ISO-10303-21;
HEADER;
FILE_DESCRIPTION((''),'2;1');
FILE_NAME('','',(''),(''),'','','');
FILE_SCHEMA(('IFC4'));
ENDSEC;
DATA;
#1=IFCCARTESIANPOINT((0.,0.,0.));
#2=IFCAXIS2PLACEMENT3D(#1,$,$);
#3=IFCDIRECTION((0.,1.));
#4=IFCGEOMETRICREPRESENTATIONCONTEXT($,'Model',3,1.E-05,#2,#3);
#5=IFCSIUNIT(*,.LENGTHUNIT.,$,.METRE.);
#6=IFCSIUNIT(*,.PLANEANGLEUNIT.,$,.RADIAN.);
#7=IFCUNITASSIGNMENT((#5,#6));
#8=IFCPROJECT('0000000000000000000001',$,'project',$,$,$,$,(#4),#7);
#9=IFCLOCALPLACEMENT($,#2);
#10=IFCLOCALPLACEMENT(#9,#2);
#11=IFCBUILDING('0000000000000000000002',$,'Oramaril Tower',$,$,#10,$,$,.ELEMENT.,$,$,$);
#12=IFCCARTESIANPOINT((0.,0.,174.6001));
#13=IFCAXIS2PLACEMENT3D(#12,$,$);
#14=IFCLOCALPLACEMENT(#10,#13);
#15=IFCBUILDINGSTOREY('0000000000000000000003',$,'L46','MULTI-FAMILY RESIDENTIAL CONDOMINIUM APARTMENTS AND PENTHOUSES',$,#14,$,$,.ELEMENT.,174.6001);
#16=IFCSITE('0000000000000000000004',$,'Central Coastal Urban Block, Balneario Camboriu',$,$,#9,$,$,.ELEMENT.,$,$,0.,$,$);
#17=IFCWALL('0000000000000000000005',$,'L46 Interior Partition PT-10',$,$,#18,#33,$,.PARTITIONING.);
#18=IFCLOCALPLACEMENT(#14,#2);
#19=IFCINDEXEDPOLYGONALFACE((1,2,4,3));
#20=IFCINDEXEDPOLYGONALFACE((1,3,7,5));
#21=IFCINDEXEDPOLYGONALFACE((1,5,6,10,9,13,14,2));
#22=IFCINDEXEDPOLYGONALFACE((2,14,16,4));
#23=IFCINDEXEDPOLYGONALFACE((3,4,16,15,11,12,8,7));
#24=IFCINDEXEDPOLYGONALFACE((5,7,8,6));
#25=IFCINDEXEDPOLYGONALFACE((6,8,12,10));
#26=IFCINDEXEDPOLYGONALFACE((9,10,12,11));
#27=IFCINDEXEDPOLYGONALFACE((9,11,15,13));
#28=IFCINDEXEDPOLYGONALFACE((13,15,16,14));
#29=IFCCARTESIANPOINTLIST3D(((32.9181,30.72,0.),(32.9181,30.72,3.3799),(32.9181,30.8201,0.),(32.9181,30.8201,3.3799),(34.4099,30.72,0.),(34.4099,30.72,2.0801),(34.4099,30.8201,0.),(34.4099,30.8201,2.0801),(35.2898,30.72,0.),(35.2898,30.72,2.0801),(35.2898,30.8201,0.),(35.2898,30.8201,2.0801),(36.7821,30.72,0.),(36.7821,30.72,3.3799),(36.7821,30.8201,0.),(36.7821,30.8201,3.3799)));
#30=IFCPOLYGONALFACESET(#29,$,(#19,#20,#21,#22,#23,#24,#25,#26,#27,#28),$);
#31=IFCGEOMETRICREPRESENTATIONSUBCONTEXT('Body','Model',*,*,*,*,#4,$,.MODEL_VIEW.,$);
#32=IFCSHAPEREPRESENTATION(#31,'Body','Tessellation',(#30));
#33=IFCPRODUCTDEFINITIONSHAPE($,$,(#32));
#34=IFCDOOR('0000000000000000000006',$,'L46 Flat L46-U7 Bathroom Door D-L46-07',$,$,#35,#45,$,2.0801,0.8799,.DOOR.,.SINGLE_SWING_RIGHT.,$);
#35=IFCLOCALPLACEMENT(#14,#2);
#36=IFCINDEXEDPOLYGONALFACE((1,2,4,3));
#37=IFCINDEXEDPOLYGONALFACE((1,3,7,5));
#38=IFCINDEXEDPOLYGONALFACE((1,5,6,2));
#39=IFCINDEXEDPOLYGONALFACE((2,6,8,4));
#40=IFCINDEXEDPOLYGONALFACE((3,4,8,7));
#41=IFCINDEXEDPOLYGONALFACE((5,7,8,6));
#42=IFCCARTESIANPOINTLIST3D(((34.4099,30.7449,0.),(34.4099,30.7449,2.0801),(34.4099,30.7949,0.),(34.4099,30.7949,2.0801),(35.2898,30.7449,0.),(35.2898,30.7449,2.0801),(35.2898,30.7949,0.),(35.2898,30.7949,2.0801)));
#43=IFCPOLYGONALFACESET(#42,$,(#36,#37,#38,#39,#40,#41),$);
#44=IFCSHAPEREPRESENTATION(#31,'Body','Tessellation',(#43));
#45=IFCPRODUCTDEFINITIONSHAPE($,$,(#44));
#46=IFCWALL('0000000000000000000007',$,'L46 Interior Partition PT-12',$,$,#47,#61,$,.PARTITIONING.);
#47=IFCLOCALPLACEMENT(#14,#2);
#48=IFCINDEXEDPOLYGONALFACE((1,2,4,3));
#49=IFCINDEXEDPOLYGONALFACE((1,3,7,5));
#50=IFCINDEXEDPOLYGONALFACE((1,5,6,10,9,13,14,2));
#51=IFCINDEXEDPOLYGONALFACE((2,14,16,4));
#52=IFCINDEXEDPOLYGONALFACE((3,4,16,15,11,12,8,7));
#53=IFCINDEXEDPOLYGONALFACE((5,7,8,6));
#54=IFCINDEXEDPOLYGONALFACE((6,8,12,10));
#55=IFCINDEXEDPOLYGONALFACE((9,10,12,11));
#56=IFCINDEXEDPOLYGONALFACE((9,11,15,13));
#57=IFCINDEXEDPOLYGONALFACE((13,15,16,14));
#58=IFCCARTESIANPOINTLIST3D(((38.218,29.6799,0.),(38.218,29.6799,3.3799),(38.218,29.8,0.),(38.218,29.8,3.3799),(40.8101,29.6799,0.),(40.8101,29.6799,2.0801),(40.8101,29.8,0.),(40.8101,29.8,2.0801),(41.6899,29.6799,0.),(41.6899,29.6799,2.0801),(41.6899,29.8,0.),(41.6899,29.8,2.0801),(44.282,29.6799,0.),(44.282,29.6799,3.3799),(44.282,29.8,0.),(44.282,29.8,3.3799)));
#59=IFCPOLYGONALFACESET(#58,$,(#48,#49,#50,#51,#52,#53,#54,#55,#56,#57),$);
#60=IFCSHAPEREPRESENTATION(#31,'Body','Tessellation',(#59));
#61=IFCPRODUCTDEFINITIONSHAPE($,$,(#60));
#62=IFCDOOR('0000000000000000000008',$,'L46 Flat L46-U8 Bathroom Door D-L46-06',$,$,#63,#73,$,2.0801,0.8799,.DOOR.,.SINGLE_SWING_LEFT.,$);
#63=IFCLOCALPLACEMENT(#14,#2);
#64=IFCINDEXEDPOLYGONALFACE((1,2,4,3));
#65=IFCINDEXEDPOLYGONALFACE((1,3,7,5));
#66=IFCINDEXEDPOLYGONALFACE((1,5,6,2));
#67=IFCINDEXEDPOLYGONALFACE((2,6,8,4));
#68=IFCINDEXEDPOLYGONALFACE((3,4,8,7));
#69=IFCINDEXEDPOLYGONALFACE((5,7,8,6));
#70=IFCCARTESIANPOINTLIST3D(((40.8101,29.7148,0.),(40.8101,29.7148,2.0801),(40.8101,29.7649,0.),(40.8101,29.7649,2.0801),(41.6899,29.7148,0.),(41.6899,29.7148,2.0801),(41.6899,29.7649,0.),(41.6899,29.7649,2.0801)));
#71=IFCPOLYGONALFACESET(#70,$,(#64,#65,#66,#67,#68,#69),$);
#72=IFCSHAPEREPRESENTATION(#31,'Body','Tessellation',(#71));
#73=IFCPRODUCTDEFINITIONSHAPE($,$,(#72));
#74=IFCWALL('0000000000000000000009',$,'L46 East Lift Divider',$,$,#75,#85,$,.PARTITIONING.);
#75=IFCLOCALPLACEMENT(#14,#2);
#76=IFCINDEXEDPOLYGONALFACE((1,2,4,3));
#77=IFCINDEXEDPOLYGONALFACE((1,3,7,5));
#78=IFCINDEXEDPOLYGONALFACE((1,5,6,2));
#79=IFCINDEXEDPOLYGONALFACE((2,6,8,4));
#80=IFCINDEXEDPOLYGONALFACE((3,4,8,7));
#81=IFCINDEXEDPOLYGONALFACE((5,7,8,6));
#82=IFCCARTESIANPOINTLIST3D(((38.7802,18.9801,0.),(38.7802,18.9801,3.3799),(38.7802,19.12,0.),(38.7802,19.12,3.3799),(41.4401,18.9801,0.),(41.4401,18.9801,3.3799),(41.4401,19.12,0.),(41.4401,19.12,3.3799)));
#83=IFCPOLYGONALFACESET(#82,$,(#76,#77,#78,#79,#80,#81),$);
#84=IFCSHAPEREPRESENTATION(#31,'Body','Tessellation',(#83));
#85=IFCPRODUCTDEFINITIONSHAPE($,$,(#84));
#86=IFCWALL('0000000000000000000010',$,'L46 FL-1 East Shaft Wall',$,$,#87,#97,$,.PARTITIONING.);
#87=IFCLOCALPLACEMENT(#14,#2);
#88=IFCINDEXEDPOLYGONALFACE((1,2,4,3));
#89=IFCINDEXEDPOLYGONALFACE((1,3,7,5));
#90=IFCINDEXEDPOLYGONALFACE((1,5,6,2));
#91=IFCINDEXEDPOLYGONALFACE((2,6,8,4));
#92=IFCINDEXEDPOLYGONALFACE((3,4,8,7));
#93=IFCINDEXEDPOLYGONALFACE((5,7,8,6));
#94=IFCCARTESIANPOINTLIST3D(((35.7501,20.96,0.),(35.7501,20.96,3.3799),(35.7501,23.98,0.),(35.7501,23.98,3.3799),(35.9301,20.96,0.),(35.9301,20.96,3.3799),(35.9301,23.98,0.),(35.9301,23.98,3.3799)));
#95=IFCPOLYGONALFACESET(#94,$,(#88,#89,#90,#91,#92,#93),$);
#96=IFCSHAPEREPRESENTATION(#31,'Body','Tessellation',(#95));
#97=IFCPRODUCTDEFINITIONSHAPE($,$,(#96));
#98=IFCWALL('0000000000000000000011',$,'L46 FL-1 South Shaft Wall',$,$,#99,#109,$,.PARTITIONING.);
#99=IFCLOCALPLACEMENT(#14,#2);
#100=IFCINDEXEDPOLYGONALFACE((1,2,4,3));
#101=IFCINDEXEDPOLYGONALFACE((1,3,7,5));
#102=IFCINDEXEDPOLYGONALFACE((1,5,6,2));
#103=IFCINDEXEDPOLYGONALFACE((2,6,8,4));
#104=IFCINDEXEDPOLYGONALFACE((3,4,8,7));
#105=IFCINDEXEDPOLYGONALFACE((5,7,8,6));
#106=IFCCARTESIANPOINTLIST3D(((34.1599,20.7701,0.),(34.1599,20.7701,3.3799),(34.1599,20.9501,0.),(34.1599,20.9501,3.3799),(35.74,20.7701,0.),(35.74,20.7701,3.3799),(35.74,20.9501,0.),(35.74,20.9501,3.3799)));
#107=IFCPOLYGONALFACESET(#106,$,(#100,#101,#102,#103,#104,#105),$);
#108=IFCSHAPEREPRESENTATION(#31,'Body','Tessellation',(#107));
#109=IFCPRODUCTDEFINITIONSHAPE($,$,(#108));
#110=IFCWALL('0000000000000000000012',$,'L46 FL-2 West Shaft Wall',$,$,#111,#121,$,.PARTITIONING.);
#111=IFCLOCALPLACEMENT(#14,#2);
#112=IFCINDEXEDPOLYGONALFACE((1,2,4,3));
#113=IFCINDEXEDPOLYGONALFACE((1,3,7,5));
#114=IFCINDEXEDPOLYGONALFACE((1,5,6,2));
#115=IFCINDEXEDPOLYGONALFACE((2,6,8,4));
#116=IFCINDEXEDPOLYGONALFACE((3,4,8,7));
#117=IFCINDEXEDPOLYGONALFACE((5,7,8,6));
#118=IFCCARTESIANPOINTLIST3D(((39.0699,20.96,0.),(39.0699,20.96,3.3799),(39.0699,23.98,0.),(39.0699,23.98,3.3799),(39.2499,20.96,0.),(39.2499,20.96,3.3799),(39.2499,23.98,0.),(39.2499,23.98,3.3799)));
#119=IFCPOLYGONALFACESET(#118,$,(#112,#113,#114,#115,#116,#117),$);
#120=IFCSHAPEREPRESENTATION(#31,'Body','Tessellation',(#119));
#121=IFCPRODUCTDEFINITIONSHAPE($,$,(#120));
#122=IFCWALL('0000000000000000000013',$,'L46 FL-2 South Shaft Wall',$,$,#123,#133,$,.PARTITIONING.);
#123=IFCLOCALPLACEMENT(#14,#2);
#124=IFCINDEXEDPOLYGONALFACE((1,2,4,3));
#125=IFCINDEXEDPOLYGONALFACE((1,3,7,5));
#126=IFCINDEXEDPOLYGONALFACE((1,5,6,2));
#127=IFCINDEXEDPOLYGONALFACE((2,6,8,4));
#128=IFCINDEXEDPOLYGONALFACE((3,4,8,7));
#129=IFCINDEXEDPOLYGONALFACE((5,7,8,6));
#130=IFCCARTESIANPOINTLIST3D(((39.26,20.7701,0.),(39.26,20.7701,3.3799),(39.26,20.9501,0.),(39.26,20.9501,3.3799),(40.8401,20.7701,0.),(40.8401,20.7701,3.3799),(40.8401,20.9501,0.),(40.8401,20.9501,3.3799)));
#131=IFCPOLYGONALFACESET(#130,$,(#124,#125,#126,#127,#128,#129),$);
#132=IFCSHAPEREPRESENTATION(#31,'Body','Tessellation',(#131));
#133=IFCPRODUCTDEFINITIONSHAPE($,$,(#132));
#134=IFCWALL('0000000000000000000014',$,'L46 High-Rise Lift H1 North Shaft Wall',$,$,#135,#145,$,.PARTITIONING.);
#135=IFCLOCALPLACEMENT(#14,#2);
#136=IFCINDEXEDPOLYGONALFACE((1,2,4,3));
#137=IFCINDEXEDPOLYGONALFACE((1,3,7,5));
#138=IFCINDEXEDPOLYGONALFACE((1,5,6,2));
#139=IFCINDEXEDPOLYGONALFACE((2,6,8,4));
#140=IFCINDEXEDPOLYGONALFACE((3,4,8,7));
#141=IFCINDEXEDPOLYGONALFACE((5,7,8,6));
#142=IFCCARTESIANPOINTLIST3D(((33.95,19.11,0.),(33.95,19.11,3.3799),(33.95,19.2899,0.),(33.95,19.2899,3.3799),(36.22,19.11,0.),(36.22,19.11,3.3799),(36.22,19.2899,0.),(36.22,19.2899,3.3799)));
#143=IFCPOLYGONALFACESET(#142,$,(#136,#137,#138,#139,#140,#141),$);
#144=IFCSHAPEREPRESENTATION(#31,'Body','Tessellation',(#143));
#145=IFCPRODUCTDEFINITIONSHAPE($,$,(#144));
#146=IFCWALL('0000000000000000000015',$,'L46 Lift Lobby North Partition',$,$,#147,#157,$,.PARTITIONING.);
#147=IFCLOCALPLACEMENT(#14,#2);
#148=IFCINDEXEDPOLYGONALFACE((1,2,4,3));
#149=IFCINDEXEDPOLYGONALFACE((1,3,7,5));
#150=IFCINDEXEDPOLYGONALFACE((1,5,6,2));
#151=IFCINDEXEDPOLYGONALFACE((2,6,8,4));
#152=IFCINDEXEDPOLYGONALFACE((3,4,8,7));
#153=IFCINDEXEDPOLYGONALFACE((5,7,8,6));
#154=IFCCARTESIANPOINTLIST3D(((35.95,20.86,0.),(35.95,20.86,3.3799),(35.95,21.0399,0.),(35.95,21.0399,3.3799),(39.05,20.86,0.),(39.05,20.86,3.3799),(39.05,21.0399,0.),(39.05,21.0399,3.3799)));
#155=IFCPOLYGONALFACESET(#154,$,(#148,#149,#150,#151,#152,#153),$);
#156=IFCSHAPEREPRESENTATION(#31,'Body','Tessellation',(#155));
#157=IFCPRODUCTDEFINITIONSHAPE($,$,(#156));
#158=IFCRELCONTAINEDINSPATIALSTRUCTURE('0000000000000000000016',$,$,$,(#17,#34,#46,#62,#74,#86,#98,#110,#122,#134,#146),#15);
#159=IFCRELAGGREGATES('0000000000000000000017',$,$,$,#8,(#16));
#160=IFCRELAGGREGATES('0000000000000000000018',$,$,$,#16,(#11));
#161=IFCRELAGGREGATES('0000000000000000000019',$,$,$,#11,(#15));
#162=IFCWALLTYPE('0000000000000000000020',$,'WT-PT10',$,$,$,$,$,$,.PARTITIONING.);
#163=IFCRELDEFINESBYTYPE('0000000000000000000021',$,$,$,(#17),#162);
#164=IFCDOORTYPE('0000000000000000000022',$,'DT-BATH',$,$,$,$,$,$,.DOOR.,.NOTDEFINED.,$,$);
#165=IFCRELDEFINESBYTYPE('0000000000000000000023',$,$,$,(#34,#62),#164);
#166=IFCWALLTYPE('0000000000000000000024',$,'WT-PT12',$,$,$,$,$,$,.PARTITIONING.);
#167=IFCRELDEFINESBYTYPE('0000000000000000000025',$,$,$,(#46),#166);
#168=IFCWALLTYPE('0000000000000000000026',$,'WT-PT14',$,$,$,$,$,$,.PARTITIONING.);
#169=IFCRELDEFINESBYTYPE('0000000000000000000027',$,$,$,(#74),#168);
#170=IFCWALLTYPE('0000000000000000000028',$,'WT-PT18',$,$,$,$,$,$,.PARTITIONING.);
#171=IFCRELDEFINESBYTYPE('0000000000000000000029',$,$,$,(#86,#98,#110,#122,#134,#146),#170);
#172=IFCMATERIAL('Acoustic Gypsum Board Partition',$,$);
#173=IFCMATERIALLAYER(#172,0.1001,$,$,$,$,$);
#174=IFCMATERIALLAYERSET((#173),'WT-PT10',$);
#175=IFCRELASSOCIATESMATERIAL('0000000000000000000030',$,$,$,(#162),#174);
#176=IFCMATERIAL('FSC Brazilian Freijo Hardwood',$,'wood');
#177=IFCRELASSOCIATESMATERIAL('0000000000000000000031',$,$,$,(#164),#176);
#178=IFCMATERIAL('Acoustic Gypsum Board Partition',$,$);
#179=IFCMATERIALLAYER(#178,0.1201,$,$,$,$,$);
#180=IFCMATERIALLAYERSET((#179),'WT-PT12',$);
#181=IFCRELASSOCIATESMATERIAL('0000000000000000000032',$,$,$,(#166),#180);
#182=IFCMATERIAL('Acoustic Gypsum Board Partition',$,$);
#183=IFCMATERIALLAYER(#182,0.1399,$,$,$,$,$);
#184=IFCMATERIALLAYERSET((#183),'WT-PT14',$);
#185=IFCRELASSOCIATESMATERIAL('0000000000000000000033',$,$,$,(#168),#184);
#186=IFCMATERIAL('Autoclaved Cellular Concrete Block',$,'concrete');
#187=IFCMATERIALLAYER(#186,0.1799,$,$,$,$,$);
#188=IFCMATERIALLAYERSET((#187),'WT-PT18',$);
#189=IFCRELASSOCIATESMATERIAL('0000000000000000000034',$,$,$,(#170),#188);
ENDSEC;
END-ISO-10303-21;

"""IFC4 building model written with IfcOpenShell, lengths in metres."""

from ifc_helpers import new_model, si_unit, direction, frame, frame_2d, origin, place, context, subcontext, project, spatial, rectangle, extrude, material, layer, layer_set, type_object, element, fill, save


model = new_model("IFC4")

# Units and contexts
model_context = context("Model", 3, precision=1e-05, world=origin(), true_north=direction((0.0, 1.0)))
body_context = subcontext(model_context, "Body", "Model", "MODEL_VIEW")
ifc_project = project(units=[si_unit("LENGTHUNIT", "METRE"), si_unit("PLANEANGLEUNIT", "RADIAN")], contexts=[model_context])

# Site, building, storey
site_placement = place(None, origin())
site = spatial("IfcSite", under=ifc_project, at=site_placement, Name="Central Coastal Urban Block, Balneario Camboriu", CompositionType="ELEMENT", RefElevation=0.0)
building_placement = place(site_placement, origin())
building = spatial("IfcBuilding", under=site, at=building_placement, Name="Oramaril Tower", CompositionType="ELEMENT")
storey_placement = place(building_placement, frame((0.0, 0.0, 174.6001)))
storey = spatial("IfcBuildingStorey", under=building, at=storey_placement, Name="L46", Description="MULTI-FAMILY RESIDENTIAL CONDOMINIUM APARTMENTS AND PENTHOUSES", CompositionType="ELEMENT", Elevation=174.6001)

# Walls, openings, doors
ifc_material_1 = material(Name="Acoustic Gypsum Board Partition")
ifc_layer_1 = layer(ifc_material_1, 0.1001)
ifc_layer_set_1 = layer_set([ifc_layer_1], Name="WT-PT10")
wall_type_1 = type_object("IfcWallType", Name="WT-PT10", PredefinedType="PARTITIONING", material=ifc_layer_set_1)
wall_1_placement = place(storey_placement, frame((32.918, 30.77, 0.0), z_axis=(0.0, 0.0, 1.0), x_axis=(1.0, 0.0, 0.0)))
wall_1 = element("IfcWall", 1, at=wall_1_placement, inside=storey, type_object=wall_type_1, Name="L46 Interior Partition PT-10", PredefinedType="PARTITIONING", context=body_context, shape_type="SweptSolid", body=[
    extrude(rectangle(XDim=3.864, YDim=0.1001, at=frame_2d((1.9321, 0.0))), origin(), (0.0, 0.0, 1.0), 3.3799),
])
opening_1_placement = place(wall_1_placement, frame((1.4919, 0.0, 0.0)))
opening_1 = element("IfcOpeningElement", 2, at=opening_1_placement, cuts=wall_1, PredefinedType="OPENING", context=body_context, shape_type="SweptSolid", body=[
    extrude(rectangle(XDim=0.8799, YDim=2.0801, at=frame_2d((0.4399, 1.04))), frame((0.0, 0.05, 0.0), z_axis=(0.0, -1.0, 0.0), x_axis=(1.0, 0.0, 0.0)), (0.0, 0.0, 1.0), 0.1001),
])
ifc_material_2 = material(Name="FSC Brazilian Freijo Hardwood", Category="wood")
door_type_1 = type_object("IfcDoorType", Name="DT-BATH", OperationType="NOTDEFINED", PredefinedType="DOOR", material=ifc_material_2)
door_1_placement = place(opening_1_placement, origin())
door_1 = element("IfcDoor", 3, at=door_1_placement, inside=storey, type_object=door_type_1, Name="L46 Flat L46-U7 Bathroom Door D-L46-07", OperationType="SINGLE_SWING_RIGHT", OverallHeight=2.0801, OverallWidth=0.8799, PredefinedType="DOOR", context=body_context, shape_type="SweptSolid", body=[
    extrude(rectangle(XDim=0.8799, YDim=2.0801, at=frame_2d((0.4399, 1.04))), frame((0.0, 0.0249, 0.0), z_axis=(0.0, -1.0, 0.0), x_axis=(1.0, 0.0, 0.0)), (0.0, 0.0, 1.0), 0.05),
])
fill(opening_1, door_1)
ifc_material_3 = material(Name="Acoustic Gypsum Board Partition")
ifc_layer_2 = layer(ifc_material_3, 0.1201)
ifc_layer_set_2 = layer_set([ifc_layer_2], Name="WT-PT12")
wall_type_2 = type_object("IfcWallType", Name="WT-PT12", PredefinedType="PARTITIONING", material=ifc_layer_set_2)
wall_2_placement = place(storey_placement, frame((38.218, 29.74, 0.0), z_axis=(0.0, 0.0, 1.0), x_axis=(1.0, 0.0, 0.0)))
wall_2 = element("IfcWall", 4, at=wall_2_placement, inside=storey, type_object=wall_type_2, Name="L46 Interior Partition PT-12", PredefinedType="PARTITIONING", context=body_context, shape_type="SweptSolid", body=[
    extrude(rectangle(XDim=6.064, YDim=0.1201, at=frame_2d((3.032, 0.0))), origin(), (0.0, 0.0, 1.0), 3.3799),
])
opening_2_placement = place(wall_2_placement, frame((2.592, 0.0, 0.0)))
opening_2 = element("IfcOpeningElement", 5, at=opening_2_placement, cuts=wall_2, PredefinedType="OPENING", context=body_context, shape_type="SweptSolid", body=[
    extrude(rectangle(XDim=0.8799, YDim=2.0801, at=frame_2d((0.4399, 1.04))), frame((0.0, 0.0601, 0.0), z_axis=(0.0, -1.0, 0.0), x_axis=(1.0, 0.0, 0.0)), (0.0, 0.0, 1.0), 0.1201),
])
door_2_placement = place(opening_2_placement, origin())
door_2 = element("IfcDoor", 6, at=door_2_placement, inside=storey, type_object=door_type_1, Name="L46 Flat L46-U8 Bathroom Door D-L46-06", OperationType="SINGLE_SWING_LEFT", OverallHeight=2.0801, OverallWidth=0.8799, PredefinedType="DOOR", context=body_context, shape_type="SweptSolid", body=[
    extrude(rectangle(XDim=0.8799, YDim=2.0801, at=frame_2d((0.4399, 1.04))), frame((0.0, 0.0249, 0.0), z_axis=(0.0, -1.0, 0.0), x_axis=(1.0, 0.0, 0.0)), (0.0, 0.0, 1.0), 0.05),
])
fill(opening_2, door_2)

# Walls
ifc_material_4 = material(Name="Acoustic Gypsum Board Partition")
ifc_layer_3 = layer(ifc_material_4, 0.1399)
ifc_layer_set_3 = layer_set([ifc_layer_3], Name="WT-PT14")
wall_type_3 = type_object("IfcWallType", Name="WT-PT14", PredefinedType="PARTITIONING", material=ifc_layer_set_3)
wall_3_placement = place(storey_placement, frame((38.78, 19.05, 0.0), z_axis=(0.0, 0.0, 1.0), x_axis=(1.0, 0.0, 0.0)))
element("IfcWall", 7, at=wall_3_placement, inside=storey, type_object=wall_type_3, Name="L46 East Lift Divider", PredefinedType="PARTITIONING", context=body_context, shape_type="SweptSolid", body=[
    extrude(rectangle(XDim=2.6599, YDim=0.1399, at=frame_2d((1.3301, 0.0))), origin(), (0.0, 0.0, 1.0), 3.3799),
])
ifc_material_5 = material(Name="Autoclaved Cellular Concrete Block", Category="concrete")
ifc_layer_4 = layer(ifc_material_5, 0.1799)
ifc_layer_set_4 = layer_set([ifc_layer_4], Name="WT-PT18")
wall_type_4 = type_object("IfcWallType", Name="WT-PT18", PredefinedType="PARTITIONING", material=ifc_layer_set_4)
wall_4_placement = place(storey_placement, frame((35.8401, 20.96, 0.0), z_axis=(0.0, 0.0, 1.0), x_axis=(0.0, 1.0, 0.0)))
element("IfcWall", 8, at=wall_4_placement, inside=storey, type_object=wall_type_4, Name="L46 FL-1 East Shaft Wall", PredefinedType="PARTITIONING", context=body_context, shape_type="SweptSolid", body=[
    extrude(rectangle(XDim=3.02, YDim=0.1799, at=frame_2d((1.51, 0.0))), origin(), (0.0, 0.0, 1.0), 3.3799),
])
wall_5_placement = place(storey_placement, frame((34.1599, 20.8601, 0.0), z_axis=(0.0, 0.0, 1.0), x_axis=(1.0, 0.0, 0.0)))
element("IfcWall", 9, at=wall_5_placement, inside=storey, type_object=wall_type_4, Name="L46 FL-1 South Shaft Wall", PredefinedType="PARTITIONING", context=body_context, shape_type="SweptSolid", body=[
    extrude(rectangle(XDim=1.5801, YDim=0.1799, at=frame_2d((0.79, 0.0))), origin(), (0.0, 0.0, 1.0), 3.3799),
])
wall_6_placement = place(storey_placement, frame((39.1599, 20.96, 0.0), z_axis=(0.0, 0.0, 1.0), x_axis=(0.0, 1.0, 0.0)))
element("IfcWall", 10, at=wall_6_placement, inside=storey, type_object=wall_type_4, Name="L46 FL-2 West Shaft Wall", PredefinedType="PARTITIONING", context=body_context, shape_type="SweptSolid", body=[
    extrude(rectangle(XDim=3.02, YDim=0.1799, at=frame_2d((1.51, 0.0))), origin(), (0.0, 0.0, 1.0), 3.3799),
])
wall_7_placement = place(storey_placement, frame((39.26, 20.8601, 0.0), z_axis=(0.0, 0.0, 1.0), x_axis=(1.0, 0.0, 0.0)))
element("IfcWall", 11, at=wall_7_placement, inside=storey, type_object=wall_type_4, Name="L46 FL-2 South Shaft Wall", PredefinedType="PARTITIONING", context=body_context, shape_type="SweptSolid", body=[
    extrude(rectangle(XDim=1.5801, YDim=0.1799, at=frame_2d((0.79, 0.0))), origin(), (0.0, 0.0, 1.0), 3.3799),
])
wall_8_placement = place(storey_placement, frame((33.95, 19.2, 0.0), z_axis=(0.0, 0.0, 1.0), x_axis=(1.0, 0.0, 0.0)))
element("IfcWall", 12, at=wall_8_placement, inside=storey, type_object=wall_type_4, Name="L46 High-Rise Lift H1 North Shaft Wall", PredefinedType="PARTITIONING", context=body_context, shape_type="SweptSolid", body=[
    extrude(rectangle(XDim=2.27, YDim=0.1799, at=frame_2d((1.135, 0.0))), origin(), (0.0, 0.0, 1.0), 3.3799),
])
wall_9_placement = place(storey_placement, frame((35.95, 20.95, 0.0), z_axis=(0.0, 0.0, 1.0), x_axis=(1.0, 0.0, 0.0)))
element("IfcWall", 13, at=wall_9_placement, inside=storey, type_object=wall_type_4, Name="L46 Lift Lobby North Partition", PredefinedType="PARTITIONING", context=body_context, shape_type="SweptSolid", body=[
    extrude(rectangle(XDim=3.1001, YDim=0.1799, at=frame_2d((1.55, 0.0))), origin(), (0.0, 0.0, 1.0), 3.3799),
])

save(model, "model.ifc")
